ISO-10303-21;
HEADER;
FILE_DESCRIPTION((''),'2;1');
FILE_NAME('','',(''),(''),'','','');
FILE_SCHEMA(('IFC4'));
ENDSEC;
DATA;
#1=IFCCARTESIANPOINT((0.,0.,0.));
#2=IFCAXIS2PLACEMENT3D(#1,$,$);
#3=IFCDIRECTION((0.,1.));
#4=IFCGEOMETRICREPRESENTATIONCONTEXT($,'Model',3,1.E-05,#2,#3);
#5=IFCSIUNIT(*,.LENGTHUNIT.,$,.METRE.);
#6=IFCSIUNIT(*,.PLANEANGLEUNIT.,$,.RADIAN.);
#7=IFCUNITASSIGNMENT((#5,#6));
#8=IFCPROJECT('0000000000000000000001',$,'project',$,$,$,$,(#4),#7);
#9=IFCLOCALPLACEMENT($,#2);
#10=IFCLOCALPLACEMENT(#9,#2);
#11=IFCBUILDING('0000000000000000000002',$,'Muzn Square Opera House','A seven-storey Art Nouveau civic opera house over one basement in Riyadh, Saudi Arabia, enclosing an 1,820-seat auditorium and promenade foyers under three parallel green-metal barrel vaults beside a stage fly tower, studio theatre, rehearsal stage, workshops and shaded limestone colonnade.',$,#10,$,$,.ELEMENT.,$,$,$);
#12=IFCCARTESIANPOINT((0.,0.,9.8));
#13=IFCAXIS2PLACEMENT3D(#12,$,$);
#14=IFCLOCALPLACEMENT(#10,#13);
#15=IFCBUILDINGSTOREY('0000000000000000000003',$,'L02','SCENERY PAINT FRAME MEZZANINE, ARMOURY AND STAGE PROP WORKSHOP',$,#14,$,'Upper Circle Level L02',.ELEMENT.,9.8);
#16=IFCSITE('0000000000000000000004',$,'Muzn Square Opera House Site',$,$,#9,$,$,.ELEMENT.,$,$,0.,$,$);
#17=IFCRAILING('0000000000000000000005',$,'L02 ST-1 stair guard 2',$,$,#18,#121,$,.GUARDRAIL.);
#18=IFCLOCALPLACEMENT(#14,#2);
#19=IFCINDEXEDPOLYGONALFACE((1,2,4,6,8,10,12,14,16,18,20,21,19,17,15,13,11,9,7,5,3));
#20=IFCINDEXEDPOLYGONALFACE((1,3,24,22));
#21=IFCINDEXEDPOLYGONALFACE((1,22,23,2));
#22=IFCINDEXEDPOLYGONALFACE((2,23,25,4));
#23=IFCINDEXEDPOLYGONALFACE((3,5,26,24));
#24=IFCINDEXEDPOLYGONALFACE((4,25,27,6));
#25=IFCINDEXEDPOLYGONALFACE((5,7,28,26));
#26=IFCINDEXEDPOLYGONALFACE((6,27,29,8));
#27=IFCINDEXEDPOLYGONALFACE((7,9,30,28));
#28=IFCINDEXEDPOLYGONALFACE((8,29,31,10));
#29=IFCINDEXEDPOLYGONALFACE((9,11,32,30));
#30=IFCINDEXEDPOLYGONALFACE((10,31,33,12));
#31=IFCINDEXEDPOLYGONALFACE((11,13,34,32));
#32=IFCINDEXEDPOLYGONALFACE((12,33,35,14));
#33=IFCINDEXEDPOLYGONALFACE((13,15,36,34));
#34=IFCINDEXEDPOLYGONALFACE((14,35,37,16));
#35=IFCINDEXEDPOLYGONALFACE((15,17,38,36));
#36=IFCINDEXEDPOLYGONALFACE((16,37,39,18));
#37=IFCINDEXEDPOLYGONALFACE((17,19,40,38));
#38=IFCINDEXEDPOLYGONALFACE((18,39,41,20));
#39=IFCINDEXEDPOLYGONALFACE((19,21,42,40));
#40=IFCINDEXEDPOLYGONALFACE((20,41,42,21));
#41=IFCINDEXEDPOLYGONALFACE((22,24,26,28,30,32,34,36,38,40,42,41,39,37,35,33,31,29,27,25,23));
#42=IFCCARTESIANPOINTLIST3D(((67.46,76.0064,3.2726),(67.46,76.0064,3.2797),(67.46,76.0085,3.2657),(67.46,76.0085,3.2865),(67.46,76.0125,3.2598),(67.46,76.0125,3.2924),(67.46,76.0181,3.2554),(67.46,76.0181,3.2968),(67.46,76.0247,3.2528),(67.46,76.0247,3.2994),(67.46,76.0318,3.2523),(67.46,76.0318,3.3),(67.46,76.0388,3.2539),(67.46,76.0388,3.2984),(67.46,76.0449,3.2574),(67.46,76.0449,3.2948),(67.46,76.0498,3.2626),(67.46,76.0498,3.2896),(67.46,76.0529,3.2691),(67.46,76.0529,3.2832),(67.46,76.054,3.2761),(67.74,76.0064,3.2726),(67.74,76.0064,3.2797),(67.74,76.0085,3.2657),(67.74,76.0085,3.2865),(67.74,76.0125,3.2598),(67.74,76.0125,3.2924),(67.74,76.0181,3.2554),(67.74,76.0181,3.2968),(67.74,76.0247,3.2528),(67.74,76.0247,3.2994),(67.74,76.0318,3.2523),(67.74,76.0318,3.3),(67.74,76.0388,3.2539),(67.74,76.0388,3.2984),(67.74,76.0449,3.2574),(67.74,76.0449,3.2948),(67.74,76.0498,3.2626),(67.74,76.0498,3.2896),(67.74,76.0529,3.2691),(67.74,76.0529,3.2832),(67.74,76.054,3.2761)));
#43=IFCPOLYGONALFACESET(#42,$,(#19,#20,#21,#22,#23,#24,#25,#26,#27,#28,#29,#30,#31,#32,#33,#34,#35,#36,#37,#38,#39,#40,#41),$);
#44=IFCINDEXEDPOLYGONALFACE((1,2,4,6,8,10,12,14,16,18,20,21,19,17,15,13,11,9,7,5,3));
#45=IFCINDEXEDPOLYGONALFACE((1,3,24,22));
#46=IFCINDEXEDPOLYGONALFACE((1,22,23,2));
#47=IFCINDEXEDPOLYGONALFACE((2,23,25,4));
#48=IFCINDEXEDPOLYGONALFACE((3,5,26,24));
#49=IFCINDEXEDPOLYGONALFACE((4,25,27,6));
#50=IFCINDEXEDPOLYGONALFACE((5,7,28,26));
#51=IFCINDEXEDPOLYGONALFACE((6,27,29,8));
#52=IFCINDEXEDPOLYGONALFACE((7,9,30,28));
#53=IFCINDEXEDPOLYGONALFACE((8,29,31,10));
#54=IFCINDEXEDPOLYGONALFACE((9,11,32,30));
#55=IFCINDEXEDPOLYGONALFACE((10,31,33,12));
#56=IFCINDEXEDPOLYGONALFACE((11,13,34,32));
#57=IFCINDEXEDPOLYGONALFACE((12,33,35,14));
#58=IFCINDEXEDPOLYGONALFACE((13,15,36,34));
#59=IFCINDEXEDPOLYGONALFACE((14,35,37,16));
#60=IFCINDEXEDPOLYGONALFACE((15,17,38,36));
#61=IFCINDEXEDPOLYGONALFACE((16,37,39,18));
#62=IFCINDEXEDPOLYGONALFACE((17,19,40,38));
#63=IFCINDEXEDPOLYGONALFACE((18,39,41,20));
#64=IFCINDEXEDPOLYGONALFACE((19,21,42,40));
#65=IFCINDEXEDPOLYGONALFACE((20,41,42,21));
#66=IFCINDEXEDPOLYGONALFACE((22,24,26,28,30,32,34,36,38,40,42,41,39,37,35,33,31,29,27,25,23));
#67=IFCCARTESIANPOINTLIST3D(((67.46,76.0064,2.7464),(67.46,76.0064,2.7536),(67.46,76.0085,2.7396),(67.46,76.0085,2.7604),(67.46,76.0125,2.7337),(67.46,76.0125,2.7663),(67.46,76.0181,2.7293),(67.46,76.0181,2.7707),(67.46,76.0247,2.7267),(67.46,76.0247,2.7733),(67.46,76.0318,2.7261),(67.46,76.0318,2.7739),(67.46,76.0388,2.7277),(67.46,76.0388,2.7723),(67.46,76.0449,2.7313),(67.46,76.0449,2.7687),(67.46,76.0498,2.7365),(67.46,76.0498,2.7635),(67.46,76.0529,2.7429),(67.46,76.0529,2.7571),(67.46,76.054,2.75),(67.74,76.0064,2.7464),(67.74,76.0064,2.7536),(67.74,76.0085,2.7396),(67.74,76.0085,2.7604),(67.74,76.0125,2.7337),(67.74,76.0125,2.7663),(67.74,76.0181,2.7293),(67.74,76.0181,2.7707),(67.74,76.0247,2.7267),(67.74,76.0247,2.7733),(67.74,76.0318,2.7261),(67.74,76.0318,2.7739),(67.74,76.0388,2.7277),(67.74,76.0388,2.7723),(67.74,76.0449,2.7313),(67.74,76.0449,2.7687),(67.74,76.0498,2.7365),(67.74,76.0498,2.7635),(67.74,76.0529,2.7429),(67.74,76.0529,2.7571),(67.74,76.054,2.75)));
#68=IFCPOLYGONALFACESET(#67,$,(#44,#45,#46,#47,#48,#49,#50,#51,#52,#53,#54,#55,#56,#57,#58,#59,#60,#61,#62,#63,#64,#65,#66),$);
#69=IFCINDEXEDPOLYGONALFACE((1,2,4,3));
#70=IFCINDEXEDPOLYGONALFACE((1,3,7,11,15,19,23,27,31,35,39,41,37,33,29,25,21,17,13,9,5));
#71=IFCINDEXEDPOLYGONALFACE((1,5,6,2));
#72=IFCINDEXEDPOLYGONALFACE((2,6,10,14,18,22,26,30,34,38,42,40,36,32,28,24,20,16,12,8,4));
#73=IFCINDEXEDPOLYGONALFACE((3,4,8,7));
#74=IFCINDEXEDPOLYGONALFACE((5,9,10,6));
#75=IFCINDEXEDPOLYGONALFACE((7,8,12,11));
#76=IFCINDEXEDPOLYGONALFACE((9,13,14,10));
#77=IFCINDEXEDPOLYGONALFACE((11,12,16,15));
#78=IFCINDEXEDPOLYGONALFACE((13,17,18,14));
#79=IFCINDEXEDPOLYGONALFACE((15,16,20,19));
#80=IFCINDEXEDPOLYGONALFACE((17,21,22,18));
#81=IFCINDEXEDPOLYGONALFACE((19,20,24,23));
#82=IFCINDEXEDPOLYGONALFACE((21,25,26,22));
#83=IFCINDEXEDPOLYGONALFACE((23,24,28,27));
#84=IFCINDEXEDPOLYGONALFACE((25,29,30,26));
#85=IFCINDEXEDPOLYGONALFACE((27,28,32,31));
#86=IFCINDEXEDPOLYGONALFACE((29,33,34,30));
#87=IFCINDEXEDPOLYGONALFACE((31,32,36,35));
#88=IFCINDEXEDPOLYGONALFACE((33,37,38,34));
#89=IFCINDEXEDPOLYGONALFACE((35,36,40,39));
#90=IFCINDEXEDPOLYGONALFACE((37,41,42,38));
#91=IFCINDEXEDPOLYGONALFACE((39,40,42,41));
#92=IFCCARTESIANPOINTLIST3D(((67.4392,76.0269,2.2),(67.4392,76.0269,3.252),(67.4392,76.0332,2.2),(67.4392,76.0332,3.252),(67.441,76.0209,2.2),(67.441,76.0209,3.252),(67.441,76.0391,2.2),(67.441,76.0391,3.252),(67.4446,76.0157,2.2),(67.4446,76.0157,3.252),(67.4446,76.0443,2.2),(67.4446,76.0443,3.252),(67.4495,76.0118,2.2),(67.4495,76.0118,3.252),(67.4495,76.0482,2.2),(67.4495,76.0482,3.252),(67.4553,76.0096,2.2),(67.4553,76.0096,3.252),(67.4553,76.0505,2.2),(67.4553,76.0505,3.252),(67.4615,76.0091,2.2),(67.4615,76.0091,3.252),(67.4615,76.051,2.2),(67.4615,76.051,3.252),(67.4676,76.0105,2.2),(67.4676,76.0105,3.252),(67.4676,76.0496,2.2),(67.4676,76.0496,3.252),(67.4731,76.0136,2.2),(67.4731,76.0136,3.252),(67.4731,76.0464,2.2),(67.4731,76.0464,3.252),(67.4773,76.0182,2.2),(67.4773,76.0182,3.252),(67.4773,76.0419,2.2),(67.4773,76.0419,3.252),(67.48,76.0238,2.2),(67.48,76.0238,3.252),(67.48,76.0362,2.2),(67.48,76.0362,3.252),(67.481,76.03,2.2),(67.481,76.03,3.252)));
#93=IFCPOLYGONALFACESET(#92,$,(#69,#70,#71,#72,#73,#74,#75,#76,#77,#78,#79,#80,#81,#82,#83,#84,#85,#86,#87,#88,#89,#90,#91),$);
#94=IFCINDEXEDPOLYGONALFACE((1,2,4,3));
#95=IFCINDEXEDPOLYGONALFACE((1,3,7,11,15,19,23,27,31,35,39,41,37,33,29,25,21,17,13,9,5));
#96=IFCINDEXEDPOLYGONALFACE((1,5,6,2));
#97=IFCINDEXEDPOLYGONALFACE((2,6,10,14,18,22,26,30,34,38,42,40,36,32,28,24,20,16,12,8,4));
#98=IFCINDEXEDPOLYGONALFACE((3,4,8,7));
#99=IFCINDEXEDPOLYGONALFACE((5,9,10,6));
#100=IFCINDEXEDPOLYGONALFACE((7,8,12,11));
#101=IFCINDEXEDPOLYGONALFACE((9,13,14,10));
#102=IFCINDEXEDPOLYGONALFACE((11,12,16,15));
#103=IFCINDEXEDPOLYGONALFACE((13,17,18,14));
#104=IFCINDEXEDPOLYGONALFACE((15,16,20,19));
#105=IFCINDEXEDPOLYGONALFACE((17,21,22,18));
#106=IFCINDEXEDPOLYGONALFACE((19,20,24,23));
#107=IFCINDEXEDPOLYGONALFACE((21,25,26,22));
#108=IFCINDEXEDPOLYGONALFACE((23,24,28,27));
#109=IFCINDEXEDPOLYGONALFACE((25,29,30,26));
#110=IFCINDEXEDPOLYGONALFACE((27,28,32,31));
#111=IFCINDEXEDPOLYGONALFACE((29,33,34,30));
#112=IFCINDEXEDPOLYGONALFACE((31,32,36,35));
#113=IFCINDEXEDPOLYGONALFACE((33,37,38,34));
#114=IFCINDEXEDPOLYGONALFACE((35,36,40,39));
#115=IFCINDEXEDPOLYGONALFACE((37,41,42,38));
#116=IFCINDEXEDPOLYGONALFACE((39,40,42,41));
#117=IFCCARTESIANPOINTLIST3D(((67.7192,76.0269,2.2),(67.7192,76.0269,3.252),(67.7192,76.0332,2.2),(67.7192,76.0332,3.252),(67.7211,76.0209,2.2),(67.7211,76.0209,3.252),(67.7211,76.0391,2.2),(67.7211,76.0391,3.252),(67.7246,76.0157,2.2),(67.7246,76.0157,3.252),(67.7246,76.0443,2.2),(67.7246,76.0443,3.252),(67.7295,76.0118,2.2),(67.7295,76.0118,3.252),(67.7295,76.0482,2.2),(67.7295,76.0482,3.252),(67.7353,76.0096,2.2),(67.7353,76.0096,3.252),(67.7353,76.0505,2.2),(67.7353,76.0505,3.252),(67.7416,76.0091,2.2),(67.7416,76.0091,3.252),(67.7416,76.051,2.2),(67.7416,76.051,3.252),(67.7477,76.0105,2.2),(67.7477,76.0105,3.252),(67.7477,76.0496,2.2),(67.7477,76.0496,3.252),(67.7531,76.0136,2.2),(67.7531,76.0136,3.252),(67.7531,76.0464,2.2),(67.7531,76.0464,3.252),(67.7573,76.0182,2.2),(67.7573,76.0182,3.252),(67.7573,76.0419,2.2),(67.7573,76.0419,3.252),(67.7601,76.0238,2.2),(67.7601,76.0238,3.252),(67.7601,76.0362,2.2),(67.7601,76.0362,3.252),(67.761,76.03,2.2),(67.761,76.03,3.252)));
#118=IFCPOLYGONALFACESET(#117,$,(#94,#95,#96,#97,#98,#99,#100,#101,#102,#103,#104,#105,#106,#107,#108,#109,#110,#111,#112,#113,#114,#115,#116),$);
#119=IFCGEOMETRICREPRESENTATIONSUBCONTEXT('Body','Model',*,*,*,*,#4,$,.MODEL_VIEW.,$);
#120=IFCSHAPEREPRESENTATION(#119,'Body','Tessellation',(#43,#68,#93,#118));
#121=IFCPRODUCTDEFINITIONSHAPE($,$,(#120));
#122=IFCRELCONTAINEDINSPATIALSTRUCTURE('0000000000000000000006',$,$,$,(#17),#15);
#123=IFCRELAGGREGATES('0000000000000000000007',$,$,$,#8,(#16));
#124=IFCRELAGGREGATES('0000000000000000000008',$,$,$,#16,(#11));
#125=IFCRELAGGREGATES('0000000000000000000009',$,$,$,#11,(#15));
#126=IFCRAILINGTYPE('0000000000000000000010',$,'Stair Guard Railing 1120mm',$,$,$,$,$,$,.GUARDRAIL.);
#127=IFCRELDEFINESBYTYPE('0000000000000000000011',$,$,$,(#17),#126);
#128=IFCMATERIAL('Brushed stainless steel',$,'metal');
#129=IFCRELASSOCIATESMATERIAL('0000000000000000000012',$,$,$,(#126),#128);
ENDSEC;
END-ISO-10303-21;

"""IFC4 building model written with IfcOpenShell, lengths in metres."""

from ifc_helpers import new_model, si_unit, direction, frame, origin, origin_2d, place, context, subcontext, project, spatial, circle, extrude, material, type_object, element, save


model = new_model("IFC4")

# Units and contexts
model_context = context("Model", 3, precision=1e-05, world=origin(), true_north=direction((0.0, 1.0)))
body_context = subcontext(model_context, "Body", "Model", "MODEL_VIEW")
ifc_project = project(units=[si_unit("LENGTHUNIT", "METRE"), si_unit("PLANEANGLEUNIT", "RADIAN")], contexts=[model_context])

# Site, building, storey
site_placement = place(None, origin())
site = spatial("IfcSite", under=ifc_project, at=site_placement, Name="Muzn Square Opera House Site", CompositionType="ELEMENT", RefElevation=0.0)
building_placement = place(site_placement, origin())
building = spatial("IfcBuilding", under=site, at=building_placement, Name="Muzn Square Opera House", Description="A seven-storey Art Nouveau civic opera house over one basement in Riyadh, Saudi Arabia, enclosing an 1,820-seat auditorium and promenade foyers under three parallel green-metal barrel vaults beside a stage fly tower, studio theatre, rehearsal stage, workshops and shaded limestone colonnade.", CompositionType="ELEMENT")
storey_placement = place(building_placement, frame((0.0, 0.0, 9.8)))
storey = spatial("IfcBuildingStorey", under=building, at=storey_placement, Name="L02", Description="SCENERY PAINT FRAME MEZZANINE, ARMOURY AND STAGE PROP WORKSHOP", LongName="Upper Circle Level L02", CompositionType="ELEMENT", Elevation=9.8)

# Railing
ifc_material_1 = material(Name="Brushed stainless steel", Category="metal")
railing_type_1 = type_object("IfcRailingType", Name="Stair Guard Railing 1120mm", PredefinedType="GUARDRAIL", material=ifc_material_1)
railing_1_placement = place(storey_placement, frame((67.46, 76.03, 2.2)))
element("IfcRailing", 1, at=railing_1_placement, inside=storey, type_object=railing_type_1, Name="L02 ST-1 stair guard 2", PredefinedType="GUARDRAIL", context=body_context, shape_type="SweptSolid", body=[
    extrude(circle(Radius=0.0239, at=origin_2d()), frame((0.0, 0.0, 1.0762), z_axis=(1.0, 0.0, 0.0), x_axis=(0.0, 1.0, 0.0)), (0.0, 0.0, 1.0), 0.28),
    extrude(circle(Radius=0.0239, at=origin_2d()), frame((0.0, 0.0, 0.55), z_axis=(1.0, 0.0, 0.0), x_axis=(0.0, 1.0, 0.0)), (0.0, 0.0, 1.0), 0.28),
    extrude(circle(Radius=0.021, at=origin_2d()), origin(), (0.0, 0.0, 1.0), 1.052),
    extrude(circle(Radius=0.021, at=origin_2d()), frame((0.28, 0.0, 0.0)), (0.0, 0.0, 1.0), 1.052),
])

save(model, "model.ifc")
